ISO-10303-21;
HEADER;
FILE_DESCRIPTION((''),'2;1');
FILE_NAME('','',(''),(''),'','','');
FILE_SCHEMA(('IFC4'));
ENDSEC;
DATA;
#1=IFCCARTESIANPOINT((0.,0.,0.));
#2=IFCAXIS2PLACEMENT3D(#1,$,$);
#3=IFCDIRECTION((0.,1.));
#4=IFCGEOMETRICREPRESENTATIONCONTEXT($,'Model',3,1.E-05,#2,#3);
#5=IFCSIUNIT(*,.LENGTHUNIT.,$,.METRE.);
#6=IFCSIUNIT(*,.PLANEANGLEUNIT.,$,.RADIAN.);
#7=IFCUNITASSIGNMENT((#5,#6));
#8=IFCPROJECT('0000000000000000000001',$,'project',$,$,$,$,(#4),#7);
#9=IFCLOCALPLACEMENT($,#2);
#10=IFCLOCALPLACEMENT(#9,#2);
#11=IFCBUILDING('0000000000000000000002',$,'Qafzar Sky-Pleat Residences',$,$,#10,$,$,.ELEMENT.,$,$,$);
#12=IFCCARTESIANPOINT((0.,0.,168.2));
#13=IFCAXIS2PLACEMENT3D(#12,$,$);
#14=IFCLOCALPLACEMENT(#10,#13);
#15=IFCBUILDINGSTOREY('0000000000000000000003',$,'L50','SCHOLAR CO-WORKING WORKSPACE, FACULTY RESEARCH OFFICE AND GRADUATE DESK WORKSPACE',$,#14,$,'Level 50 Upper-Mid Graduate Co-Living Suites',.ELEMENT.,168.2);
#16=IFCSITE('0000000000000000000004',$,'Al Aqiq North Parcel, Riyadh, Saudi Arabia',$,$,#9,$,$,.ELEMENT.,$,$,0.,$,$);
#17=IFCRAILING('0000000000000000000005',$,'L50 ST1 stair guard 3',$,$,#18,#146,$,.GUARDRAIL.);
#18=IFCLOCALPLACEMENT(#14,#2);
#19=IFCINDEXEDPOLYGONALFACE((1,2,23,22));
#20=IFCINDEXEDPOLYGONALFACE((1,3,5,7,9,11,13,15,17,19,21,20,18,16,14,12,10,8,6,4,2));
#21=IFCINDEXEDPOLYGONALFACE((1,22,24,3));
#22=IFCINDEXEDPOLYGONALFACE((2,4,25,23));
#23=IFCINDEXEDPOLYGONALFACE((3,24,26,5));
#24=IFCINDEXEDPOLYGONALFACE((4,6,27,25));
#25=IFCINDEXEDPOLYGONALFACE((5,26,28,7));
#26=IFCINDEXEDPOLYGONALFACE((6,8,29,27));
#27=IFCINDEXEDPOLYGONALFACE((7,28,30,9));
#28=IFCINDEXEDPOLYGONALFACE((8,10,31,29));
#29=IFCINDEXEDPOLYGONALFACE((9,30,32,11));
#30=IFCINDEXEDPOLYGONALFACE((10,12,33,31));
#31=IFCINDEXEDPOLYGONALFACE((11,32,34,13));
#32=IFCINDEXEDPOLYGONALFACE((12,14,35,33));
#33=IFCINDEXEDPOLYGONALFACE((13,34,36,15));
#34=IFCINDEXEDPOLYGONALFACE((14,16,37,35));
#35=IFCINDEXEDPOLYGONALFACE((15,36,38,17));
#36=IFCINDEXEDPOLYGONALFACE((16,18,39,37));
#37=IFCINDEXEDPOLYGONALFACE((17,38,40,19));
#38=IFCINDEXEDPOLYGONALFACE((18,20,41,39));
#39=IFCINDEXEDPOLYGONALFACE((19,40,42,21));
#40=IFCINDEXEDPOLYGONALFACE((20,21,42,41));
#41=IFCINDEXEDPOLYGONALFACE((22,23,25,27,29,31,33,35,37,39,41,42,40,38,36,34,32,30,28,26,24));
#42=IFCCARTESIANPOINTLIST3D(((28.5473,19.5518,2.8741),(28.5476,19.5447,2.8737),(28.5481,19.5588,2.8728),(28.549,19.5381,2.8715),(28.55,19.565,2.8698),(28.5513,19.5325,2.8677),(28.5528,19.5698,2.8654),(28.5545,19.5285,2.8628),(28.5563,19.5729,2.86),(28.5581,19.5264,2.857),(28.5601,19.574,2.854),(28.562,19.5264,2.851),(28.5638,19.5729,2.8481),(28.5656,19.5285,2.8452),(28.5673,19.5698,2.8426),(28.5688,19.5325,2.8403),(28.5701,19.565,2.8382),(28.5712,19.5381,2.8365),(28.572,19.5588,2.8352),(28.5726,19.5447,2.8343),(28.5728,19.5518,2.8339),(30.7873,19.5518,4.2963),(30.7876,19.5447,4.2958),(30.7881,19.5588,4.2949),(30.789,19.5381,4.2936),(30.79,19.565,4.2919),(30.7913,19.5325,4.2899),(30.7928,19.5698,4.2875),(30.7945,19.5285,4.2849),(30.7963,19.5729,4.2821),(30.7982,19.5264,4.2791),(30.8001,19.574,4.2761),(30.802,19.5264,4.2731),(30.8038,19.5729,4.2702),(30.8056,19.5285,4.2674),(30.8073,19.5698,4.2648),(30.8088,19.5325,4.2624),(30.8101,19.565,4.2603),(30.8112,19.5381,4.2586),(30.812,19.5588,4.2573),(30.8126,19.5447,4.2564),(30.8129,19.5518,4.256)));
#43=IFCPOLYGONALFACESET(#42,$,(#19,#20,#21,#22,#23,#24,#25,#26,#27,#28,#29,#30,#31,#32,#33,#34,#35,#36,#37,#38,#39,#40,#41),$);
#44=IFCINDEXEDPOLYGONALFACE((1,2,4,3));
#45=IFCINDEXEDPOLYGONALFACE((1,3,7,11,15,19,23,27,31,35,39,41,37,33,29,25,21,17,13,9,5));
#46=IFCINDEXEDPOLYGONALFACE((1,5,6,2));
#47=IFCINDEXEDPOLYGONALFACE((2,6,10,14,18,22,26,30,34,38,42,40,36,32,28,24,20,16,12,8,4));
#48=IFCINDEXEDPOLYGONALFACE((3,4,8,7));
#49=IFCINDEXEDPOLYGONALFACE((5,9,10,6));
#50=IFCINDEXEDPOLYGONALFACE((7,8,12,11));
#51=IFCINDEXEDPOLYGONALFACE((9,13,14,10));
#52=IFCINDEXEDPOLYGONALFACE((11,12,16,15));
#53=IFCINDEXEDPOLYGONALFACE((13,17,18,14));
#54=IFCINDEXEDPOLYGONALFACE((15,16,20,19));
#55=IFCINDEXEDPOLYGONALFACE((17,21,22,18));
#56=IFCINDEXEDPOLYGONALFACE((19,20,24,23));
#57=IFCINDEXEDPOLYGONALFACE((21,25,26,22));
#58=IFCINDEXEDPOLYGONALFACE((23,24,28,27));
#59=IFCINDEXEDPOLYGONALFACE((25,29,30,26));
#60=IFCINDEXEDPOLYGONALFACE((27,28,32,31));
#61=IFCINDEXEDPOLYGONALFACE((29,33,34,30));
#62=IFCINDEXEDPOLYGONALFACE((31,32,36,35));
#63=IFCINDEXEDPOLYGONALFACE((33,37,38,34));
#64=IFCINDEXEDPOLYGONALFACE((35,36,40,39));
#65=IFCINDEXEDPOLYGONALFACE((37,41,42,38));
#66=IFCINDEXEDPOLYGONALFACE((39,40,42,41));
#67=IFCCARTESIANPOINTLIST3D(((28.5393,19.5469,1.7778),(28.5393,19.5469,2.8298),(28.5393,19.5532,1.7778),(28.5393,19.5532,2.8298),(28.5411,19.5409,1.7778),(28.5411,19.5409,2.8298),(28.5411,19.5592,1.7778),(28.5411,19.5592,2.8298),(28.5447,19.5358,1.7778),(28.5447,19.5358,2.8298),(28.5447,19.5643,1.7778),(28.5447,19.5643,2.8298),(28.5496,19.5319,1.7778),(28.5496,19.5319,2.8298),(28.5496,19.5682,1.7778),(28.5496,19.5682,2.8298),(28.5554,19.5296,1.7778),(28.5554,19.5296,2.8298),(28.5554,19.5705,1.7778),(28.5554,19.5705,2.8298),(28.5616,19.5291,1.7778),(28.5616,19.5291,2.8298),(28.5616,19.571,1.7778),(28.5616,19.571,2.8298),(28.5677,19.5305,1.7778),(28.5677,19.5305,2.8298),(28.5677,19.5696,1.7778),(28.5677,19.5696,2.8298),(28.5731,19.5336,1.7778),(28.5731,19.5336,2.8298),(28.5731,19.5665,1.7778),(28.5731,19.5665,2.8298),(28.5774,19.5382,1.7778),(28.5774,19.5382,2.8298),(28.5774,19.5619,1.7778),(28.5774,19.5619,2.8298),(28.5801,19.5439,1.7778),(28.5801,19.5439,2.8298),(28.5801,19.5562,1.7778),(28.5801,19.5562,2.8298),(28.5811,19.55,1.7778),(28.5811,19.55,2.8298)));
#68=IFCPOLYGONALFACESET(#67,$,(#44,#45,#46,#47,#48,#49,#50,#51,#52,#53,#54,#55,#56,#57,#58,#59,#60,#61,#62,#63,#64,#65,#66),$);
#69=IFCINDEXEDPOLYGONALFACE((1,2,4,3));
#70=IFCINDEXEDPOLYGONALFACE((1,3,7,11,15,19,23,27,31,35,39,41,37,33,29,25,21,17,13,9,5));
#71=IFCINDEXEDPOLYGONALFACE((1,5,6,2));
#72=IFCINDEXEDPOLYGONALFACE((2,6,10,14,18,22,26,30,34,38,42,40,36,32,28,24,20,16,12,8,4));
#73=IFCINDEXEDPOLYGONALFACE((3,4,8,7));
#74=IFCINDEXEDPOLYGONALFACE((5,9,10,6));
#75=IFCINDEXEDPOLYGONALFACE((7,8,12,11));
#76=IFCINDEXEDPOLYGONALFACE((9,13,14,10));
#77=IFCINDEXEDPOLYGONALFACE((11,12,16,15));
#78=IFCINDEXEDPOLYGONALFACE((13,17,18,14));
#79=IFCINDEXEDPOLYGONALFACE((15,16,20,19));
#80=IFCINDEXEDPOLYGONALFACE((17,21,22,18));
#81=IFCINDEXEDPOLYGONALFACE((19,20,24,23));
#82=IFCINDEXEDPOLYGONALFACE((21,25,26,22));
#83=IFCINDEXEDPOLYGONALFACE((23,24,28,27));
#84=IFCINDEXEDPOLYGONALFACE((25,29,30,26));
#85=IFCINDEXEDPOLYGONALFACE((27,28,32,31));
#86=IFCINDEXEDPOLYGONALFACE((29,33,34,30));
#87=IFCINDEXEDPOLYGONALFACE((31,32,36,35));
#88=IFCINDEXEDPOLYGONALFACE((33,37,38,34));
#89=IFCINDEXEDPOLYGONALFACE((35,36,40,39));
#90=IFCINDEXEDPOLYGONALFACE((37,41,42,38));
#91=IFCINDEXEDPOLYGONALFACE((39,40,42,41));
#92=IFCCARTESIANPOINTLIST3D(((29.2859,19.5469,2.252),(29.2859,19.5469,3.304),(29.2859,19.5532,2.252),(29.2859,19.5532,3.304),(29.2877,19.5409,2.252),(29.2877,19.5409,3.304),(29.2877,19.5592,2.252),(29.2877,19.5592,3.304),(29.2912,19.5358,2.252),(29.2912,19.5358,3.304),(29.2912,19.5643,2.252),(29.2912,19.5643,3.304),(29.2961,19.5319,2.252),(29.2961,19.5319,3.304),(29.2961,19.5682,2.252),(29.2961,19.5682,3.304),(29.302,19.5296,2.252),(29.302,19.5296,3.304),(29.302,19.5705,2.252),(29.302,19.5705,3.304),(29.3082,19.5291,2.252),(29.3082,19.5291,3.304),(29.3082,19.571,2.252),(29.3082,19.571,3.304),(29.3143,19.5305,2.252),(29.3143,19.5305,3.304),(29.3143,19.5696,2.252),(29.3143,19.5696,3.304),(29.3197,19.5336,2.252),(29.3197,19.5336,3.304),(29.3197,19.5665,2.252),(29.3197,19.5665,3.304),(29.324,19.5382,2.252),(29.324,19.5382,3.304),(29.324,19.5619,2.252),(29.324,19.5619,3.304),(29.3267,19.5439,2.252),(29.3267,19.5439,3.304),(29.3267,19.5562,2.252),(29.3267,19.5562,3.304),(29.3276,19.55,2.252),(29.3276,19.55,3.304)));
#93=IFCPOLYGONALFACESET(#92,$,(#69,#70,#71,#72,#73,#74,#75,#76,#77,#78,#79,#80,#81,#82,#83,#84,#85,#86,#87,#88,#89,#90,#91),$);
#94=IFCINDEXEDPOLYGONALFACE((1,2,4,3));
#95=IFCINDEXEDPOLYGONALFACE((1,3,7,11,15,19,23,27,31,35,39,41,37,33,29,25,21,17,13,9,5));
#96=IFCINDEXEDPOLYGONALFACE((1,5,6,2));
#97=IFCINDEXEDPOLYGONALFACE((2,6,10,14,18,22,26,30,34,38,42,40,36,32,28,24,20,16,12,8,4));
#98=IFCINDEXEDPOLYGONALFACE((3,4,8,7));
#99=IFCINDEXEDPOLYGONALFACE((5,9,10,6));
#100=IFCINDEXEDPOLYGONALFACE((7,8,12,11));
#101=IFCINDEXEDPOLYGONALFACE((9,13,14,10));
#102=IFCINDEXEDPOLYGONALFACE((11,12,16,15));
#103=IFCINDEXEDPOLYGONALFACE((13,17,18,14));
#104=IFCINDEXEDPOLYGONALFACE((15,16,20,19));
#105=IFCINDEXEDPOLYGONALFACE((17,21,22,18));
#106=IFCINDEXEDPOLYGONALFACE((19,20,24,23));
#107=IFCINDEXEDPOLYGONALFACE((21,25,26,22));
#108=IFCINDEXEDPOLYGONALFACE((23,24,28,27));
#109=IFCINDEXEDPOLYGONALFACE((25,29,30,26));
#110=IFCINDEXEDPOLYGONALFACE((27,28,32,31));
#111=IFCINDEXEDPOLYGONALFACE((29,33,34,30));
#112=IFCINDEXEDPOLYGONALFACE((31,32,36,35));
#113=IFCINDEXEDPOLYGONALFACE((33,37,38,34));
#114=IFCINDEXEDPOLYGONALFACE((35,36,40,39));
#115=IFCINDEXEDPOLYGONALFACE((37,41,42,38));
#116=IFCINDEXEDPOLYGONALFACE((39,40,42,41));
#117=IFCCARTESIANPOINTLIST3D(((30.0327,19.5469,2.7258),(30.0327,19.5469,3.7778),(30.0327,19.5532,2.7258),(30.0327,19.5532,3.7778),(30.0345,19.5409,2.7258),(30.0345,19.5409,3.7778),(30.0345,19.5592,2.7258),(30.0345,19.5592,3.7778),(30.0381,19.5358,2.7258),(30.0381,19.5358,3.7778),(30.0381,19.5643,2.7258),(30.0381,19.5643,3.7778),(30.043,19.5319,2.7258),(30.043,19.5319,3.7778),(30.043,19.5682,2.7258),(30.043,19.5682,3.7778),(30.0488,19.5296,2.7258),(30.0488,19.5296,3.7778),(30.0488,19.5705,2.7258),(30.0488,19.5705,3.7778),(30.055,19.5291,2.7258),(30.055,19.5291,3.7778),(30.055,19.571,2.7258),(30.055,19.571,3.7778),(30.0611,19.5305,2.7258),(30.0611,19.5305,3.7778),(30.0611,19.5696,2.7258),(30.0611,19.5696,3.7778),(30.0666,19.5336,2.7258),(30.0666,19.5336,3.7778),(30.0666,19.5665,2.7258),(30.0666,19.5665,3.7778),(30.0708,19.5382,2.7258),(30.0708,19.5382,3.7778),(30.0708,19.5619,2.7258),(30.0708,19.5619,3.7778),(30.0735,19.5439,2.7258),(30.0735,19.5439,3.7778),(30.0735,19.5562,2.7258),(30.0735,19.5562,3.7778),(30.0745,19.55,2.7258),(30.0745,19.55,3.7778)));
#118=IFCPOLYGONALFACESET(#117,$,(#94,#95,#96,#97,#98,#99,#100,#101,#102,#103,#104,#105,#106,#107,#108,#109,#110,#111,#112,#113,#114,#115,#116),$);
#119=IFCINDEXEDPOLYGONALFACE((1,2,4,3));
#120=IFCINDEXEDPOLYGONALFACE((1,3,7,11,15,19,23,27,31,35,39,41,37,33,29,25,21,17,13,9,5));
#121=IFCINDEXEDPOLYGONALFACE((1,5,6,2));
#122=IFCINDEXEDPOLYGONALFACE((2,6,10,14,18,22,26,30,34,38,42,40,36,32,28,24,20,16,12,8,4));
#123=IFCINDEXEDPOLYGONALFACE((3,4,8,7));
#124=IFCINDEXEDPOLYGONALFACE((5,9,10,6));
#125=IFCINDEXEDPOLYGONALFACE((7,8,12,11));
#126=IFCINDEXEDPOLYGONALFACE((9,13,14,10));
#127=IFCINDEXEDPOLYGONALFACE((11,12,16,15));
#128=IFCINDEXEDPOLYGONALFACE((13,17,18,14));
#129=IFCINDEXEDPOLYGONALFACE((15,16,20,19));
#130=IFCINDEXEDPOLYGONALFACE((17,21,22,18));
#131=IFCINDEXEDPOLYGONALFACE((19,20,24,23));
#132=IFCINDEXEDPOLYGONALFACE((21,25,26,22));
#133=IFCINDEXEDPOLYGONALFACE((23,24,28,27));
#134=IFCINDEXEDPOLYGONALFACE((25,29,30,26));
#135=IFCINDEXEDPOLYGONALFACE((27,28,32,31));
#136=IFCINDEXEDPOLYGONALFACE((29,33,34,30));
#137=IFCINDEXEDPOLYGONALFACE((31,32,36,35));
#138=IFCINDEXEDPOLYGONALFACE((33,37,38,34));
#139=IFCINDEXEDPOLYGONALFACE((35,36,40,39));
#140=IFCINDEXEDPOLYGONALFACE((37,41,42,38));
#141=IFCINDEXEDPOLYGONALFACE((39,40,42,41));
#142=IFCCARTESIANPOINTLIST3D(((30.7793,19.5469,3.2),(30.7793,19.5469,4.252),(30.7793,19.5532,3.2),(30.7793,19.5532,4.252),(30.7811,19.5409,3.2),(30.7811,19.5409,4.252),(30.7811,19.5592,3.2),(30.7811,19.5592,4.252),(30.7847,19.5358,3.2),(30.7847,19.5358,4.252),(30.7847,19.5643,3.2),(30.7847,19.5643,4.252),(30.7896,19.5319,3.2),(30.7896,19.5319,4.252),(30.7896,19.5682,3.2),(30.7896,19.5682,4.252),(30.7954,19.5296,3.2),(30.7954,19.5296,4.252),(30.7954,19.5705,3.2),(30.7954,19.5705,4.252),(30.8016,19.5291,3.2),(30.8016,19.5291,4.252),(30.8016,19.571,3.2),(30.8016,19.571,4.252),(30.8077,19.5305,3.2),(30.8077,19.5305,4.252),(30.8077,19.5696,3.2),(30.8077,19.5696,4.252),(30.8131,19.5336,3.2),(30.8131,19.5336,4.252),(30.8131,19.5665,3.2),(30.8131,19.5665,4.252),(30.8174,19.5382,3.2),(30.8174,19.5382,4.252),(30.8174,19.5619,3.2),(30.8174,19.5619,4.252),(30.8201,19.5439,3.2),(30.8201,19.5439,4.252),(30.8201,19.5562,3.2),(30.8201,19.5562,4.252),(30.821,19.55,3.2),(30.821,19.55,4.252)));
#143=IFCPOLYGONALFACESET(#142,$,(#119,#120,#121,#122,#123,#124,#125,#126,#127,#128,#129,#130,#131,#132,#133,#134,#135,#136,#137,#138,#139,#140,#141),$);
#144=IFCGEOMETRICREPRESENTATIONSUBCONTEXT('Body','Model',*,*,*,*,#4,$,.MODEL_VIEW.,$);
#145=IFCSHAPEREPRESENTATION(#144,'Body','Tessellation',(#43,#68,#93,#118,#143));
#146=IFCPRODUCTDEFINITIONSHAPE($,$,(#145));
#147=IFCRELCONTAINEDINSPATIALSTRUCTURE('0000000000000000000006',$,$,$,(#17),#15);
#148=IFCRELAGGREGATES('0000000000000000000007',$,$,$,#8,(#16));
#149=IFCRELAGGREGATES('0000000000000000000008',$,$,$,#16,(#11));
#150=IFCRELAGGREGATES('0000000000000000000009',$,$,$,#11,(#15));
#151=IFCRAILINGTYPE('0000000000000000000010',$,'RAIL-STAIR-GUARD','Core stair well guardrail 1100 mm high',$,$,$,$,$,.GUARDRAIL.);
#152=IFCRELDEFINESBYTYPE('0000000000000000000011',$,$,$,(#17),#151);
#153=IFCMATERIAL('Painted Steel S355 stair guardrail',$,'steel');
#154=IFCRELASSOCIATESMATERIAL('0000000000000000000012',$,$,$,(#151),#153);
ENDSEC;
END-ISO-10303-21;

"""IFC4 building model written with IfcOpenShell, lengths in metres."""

from ifc_helpers import new_model, si_unit, direction, frame, origin, origin_2d, place, context, subcontext, project, spatial, circle, extrude, source, transform, mapped, material, type_object, element, save


model = new_model("IFC4")

# Units and contexts
model_context = context("Model", 3, precision=1e-05, world=origin(), true_north=direction((0.0, 1.0)))
body_context = subcontext(model_context, "Body", "Model", "MODEL_VIEW")
ifc_project = project(units=[si_unit("LENGTHUNIT", "METRE"), si_unit("PLANEANGLEUNIT", "RADIAN")], contexts=[model_context])

# Site, building, storey
site_placement = place(None, origin())
site = spatial("IfcSite", under=ifc_project, at=site_placement, Name="Al Aqiq North Parcel, Riyadh, Saudi Arabia", CompositionType="ELEMENT", RefElevation=0.0)
building_placement = place(site_placement, origin())
building = spatial("IfcBuilding", under=site, at=building_placement, Name="Qafzar Sky-Pleat Residences", CompositionType="ELEMENT")
storey_placement = place(building_placement, frame((0.0, 0.0, 168.2)))
storey = spatial("IfcBuildingStorey", under=building, at=storey_placement, Name="L50", Description="SCHOLAR CO-WORKING WORKSPACE, FACULTY RESEARCH OFFICE AND GRADUATE DESK WORKSPACE", LongName="Level 50 Upper-Mid Graduate Co-Living Suites", CompositionType="ELEMENT", Elevation=168.2)

# Railing
ifc_material_1 = material(Name="Painted Steel S355 stair guardrail", Category="steel")
railing_type_1 = type_object("IfcRailingType", Name="RAIL-STAIR-GUARD", Description="Core stair well guardrail 1100 mm high", PredefinedType="GUARDRAIL", material=ifc_material_1)
shared_shape_1 = source(origin(), body_context, "Body", "SweptSolid", [
    extrude(circle(Radius=0.0239, at=origin_2d()), frame((0.0, 0.0, 1.0762), z_axis=(0.844229, 0.0, 0.535982), x_axis=(0.0, 1.0, 0.0)), (0.0, 0.0, 1.0), 2.6533),
    extrude(circle(Radius=0.021, at=origin_2d()), origin(), (0.0, 0.0, 1.0), 1.052),
    extrude(circle(Radius=0.021, at=origin_2d()), frame((0.7466, 0.0, 0.4741)), (0.0, 0.0, 1.0), 1.052),
    extrude(circle(Radius=0.021, at=origin_2d()), frame((1.4934, 0.0, 0.948)), (0.0, 0.0, 1.0), 1.052),
    extrude(circle(Radius=0.021, at=origin_2d()), frame((2.24, 0.0, 1.4221)), (0.0, 0.0, 1.0), 1.052),
])
railing_1_placement = place(storey_placement, frame((28.5601, 19.55, 1.7778)))
element("IfcRailing", 1, at=railing_1_placement, inside=storey, type_object=railing_type_1, Name="L50 ST1 stair guard 3", PredefinedType="GUARDRAIL", context=body_context, shape_type="MappedRepresentation", body=[
    mapped(shared_shape_1, transform((0.0, 0.0, 0.0), x_axis=(1.0, 0.0, 0.0), y_axis=(0.0, 1.0, 0.0), z_axis=(0.0, 0.0, 1.0), scale=1.0)),
])

save(model, "model.ifc")
